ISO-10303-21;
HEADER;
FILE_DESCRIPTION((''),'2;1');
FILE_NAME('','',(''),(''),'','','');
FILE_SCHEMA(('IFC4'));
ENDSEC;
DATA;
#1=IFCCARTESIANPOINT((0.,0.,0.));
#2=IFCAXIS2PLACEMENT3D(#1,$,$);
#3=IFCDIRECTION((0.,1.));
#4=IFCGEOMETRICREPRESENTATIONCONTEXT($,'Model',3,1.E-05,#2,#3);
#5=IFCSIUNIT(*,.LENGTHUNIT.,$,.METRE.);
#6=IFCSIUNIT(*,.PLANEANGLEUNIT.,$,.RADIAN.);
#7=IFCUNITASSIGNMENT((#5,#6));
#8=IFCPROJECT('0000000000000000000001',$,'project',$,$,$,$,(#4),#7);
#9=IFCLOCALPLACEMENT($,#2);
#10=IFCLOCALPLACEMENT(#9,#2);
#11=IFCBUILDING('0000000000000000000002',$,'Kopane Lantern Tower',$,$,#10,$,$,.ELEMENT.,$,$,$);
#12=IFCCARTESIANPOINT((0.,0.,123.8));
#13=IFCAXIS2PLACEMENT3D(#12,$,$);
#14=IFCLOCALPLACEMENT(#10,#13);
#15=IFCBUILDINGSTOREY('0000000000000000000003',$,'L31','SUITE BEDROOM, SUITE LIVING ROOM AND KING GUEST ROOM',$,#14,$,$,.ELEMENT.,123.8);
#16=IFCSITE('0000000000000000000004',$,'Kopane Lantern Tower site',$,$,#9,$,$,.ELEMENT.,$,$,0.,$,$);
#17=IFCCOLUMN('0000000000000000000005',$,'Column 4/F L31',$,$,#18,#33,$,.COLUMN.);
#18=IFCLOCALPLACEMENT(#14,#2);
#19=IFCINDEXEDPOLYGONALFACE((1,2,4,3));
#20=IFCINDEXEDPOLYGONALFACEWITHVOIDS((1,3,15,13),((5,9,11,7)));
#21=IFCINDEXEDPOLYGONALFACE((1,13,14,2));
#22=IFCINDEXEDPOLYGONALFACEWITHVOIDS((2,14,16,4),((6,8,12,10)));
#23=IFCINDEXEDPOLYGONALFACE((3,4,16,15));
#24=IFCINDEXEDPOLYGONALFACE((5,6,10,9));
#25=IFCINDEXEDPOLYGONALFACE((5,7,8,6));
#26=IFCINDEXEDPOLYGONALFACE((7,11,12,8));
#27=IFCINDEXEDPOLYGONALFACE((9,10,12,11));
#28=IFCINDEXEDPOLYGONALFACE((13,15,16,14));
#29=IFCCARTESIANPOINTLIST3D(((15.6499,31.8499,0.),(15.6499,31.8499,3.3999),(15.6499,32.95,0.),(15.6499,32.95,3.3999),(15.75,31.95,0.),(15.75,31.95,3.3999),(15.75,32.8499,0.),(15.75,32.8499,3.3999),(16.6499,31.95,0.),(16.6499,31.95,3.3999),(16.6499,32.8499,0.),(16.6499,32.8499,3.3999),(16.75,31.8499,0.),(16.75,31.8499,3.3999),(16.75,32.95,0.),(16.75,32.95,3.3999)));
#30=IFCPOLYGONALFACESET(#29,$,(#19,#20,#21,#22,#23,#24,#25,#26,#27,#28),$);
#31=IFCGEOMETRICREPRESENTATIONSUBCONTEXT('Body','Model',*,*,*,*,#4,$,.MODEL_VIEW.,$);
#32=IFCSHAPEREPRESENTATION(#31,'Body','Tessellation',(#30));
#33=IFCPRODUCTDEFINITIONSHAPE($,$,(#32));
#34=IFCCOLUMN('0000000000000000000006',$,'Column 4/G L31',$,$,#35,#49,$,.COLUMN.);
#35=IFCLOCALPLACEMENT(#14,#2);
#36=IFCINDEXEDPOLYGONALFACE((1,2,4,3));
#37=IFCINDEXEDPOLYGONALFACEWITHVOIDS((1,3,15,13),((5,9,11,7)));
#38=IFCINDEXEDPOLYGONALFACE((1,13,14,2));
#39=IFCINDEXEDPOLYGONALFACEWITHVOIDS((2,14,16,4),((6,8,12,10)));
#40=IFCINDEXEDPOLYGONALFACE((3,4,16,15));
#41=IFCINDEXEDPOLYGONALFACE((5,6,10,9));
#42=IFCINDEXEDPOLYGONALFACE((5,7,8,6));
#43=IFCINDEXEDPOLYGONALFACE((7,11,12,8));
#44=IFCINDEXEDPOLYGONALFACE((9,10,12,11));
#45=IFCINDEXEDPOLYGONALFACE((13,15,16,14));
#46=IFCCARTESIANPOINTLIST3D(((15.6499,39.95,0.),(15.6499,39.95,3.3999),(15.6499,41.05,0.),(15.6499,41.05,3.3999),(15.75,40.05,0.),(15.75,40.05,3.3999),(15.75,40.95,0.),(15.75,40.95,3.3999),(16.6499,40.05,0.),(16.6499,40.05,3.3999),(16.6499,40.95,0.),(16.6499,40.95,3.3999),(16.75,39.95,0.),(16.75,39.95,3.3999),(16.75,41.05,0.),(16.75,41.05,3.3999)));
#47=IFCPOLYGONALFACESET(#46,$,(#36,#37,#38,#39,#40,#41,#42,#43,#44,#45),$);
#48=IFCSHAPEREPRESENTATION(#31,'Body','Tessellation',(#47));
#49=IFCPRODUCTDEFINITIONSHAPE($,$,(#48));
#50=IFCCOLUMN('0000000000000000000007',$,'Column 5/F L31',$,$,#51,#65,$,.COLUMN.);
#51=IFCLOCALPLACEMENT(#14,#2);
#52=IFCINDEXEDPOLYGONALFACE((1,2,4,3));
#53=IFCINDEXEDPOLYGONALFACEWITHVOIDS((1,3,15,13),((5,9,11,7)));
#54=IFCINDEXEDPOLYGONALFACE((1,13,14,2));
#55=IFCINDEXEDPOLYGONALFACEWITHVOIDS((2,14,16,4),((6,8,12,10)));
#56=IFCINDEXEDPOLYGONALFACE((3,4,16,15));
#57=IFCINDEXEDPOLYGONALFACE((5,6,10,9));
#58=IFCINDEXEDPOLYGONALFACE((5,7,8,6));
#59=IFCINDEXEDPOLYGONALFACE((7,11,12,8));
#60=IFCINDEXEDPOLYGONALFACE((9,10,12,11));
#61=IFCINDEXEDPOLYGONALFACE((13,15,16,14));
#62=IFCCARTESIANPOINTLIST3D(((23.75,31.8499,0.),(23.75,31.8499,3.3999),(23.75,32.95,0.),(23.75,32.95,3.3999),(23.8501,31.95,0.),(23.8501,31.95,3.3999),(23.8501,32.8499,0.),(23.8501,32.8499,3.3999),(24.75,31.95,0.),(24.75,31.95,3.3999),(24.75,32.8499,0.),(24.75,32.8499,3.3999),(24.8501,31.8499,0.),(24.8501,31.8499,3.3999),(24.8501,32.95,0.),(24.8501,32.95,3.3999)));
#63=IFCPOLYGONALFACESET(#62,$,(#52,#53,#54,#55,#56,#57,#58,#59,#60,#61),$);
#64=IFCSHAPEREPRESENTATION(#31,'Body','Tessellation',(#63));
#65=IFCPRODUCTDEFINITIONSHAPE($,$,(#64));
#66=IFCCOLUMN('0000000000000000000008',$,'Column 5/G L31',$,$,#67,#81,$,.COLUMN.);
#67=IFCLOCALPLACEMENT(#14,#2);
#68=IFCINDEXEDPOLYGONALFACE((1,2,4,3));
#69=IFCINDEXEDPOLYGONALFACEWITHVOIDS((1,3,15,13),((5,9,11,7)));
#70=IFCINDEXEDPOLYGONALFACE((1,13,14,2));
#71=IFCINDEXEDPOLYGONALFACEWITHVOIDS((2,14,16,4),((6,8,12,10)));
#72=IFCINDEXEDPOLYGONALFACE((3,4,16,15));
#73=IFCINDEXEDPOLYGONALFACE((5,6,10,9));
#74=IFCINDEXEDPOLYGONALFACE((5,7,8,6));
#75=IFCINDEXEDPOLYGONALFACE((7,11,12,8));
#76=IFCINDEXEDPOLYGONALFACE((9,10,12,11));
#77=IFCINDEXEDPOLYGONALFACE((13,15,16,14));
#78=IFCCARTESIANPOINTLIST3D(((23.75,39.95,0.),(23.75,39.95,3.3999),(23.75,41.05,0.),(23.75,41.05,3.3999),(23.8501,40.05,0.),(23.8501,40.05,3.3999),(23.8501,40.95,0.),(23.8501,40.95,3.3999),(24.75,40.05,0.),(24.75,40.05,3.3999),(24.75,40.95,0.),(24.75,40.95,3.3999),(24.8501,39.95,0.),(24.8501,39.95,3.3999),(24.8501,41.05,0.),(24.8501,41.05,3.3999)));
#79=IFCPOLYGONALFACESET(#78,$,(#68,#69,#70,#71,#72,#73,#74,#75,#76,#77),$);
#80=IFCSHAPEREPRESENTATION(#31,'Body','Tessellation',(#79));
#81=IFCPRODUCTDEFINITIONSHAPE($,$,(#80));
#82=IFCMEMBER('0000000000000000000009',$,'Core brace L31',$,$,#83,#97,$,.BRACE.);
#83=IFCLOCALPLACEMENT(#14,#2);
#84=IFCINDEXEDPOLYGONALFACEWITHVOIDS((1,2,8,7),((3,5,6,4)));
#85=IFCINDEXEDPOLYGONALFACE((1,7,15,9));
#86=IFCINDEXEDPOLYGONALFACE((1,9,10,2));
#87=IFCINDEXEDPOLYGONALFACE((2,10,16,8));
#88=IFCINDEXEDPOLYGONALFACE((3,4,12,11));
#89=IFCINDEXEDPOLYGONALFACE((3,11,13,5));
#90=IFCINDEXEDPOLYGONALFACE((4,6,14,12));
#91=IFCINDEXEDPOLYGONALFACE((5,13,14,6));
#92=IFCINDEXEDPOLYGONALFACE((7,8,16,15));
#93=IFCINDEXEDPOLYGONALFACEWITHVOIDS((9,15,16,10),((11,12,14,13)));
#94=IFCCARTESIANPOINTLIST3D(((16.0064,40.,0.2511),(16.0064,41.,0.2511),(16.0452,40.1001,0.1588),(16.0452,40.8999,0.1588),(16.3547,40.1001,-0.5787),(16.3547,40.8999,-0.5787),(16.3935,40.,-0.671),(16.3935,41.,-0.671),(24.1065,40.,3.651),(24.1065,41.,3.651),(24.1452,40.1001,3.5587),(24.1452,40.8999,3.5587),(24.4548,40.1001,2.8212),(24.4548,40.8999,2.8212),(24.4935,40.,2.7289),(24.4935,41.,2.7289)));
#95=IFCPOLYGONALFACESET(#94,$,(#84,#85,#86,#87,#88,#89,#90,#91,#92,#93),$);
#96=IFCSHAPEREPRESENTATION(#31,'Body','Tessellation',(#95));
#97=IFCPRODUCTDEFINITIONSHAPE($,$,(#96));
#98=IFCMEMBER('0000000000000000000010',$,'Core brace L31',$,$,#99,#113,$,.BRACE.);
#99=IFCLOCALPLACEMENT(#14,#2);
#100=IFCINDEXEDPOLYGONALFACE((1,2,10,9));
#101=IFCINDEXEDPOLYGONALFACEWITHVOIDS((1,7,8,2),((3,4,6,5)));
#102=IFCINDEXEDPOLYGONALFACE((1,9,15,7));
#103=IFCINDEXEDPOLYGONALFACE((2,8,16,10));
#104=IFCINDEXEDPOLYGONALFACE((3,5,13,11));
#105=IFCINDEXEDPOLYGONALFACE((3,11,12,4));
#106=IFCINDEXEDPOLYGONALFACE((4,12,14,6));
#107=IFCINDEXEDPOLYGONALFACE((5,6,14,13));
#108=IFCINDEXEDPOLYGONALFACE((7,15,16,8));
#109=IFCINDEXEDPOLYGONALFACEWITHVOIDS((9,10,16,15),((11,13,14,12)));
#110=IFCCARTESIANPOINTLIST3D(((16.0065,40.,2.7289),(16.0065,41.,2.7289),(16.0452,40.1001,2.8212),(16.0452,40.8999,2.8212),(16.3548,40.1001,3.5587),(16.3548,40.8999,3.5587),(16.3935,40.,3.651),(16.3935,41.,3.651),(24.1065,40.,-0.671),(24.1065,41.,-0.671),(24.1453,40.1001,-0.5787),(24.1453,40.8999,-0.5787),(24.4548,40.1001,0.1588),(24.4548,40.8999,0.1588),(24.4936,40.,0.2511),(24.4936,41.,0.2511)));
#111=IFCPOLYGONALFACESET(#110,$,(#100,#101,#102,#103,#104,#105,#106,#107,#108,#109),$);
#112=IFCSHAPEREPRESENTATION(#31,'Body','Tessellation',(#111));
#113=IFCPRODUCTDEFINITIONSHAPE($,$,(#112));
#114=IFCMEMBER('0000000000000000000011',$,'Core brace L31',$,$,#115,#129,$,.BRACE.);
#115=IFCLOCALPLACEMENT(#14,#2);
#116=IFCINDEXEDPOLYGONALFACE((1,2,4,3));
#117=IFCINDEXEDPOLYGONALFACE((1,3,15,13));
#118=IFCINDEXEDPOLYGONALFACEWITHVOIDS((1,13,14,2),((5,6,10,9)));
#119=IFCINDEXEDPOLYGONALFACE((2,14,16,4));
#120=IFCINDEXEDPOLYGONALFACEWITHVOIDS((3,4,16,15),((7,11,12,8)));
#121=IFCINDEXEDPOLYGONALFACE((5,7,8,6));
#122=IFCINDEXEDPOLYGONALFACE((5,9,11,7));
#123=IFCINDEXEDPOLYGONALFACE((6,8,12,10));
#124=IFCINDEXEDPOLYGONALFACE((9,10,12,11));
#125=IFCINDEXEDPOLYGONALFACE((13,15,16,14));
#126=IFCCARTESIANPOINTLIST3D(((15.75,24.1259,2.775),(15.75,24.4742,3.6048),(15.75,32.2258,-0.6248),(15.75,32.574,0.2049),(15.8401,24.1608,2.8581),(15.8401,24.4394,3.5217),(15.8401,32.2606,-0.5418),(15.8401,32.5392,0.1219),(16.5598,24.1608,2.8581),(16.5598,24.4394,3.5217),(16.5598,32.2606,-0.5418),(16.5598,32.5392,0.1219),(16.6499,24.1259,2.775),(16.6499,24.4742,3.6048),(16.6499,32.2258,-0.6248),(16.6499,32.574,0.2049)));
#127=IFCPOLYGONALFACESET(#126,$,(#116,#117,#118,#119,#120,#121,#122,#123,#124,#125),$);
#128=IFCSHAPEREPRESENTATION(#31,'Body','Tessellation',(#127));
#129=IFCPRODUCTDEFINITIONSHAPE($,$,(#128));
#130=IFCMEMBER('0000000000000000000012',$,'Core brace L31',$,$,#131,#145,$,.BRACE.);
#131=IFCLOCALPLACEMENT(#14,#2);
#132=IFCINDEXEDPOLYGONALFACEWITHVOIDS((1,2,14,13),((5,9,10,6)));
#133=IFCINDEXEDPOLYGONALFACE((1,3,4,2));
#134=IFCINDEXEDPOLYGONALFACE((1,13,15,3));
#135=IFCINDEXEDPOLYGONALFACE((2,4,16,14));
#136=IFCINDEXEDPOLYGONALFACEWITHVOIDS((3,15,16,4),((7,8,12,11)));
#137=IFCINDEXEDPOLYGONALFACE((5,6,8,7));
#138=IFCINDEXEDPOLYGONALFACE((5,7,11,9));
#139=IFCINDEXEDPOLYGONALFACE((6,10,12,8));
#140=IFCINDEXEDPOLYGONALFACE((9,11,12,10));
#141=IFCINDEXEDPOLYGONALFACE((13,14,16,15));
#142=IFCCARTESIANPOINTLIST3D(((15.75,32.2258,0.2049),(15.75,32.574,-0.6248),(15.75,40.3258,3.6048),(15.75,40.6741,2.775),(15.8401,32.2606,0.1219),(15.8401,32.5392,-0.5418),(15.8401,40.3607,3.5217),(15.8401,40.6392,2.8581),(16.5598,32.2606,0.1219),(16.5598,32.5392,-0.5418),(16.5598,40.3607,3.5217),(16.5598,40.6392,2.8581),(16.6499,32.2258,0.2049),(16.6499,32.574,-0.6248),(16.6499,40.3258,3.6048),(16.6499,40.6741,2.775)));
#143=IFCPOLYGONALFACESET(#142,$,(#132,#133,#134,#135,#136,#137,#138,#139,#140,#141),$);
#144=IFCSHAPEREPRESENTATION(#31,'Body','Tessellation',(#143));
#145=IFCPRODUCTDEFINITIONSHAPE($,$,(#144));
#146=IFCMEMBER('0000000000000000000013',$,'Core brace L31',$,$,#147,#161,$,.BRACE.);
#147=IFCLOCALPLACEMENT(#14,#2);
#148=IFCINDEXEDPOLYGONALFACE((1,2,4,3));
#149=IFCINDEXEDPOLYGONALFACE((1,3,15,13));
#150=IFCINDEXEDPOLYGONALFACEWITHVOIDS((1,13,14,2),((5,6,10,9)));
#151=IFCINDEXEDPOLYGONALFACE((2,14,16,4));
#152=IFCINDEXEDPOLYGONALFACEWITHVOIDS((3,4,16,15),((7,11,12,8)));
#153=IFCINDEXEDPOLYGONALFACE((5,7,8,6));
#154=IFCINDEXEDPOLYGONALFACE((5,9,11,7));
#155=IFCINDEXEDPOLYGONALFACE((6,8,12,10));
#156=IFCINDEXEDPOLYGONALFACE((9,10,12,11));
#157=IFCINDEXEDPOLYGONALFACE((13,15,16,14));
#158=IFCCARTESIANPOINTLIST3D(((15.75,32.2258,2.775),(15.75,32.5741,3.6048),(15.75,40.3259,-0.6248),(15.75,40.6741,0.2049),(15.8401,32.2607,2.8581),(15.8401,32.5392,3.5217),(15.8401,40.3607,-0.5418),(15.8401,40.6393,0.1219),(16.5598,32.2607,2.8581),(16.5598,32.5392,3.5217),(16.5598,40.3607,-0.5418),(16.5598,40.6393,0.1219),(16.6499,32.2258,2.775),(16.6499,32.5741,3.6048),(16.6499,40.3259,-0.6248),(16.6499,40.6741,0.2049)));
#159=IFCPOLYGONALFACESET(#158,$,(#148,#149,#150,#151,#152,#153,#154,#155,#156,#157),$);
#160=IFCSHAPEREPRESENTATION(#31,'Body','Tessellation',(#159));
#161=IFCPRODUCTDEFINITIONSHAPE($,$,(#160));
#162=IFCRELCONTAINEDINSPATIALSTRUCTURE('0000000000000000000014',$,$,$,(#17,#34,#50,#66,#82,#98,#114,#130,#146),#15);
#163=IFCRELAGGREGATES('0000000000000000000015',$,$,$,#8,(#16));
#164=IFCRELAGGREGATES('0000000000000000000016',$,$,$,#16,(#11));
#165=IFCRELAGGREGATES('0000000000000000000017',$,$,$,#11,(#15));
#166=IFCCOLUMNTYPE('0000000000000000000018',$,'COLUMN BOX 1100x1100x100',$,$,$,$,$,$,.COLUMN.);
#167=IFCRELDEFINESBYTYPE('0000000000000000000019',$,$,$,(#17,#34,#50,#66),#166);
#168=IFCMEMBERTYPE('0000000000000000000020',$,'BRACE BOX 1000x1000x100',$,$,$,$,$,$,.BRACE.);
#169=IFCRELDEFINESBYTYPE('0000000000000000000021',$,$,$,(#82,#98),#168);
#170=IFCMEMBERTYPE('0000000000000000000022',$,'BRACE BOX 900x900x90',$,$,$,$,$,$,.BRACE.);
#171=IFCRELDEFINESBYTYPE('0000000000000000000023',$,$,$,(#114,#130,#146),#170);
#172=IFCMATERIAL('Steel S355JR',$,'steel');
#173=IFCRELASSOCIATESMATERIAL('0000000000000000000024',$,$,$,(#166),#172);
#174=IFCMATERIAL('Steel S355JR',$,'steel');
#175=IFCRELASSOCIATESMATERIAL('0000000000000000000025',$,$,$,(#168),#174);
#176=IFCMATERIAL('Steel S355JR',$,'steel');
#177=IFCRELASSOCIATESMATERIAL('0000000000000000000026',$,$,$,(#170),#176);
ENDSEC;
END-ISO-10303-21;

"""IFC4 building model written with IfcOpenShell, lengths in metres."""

from ifc_helpers import new_model, si_unit, direction, frame, origin, origin_2d, place, context, subcontext, project, spatial, hollow_rectangle, extrude, material, material_profile, profile_set, type_object, element, save


model = new_model("IFC4")

# Units and contexts
model_context = context("Model", 3, precision=1e-05, world=origin(), true_north=direction((0.0, 1.0)))
body_context = subcontext(model_context, "Body", "Model", "MODEL_VIEW")
ifc_project = project(units=[si_unit("LENGTHUNIT", "METRE"), si_unit("PLANEANGLEUNIT", "RADIAN")], contexts=[model_context])

# Site, building, storey
site_placement = place(None, origin())
site = spatial("IfcSite", under=ifc_project, at=site_placement, Name="Kopane Lantern Tower site", CompositionType="ELEMENT", RefElevation=0.0)
building_placement = place(site_placement, origin())
building = spatial("IfcBuilding", under=site, at=building_placement, Name="Kopane Lantern Tower", CompositionType="ELEMENT")
storey_placement = place(building_placement, frame((0.0, 0.0, 123.8)))
storey = spatial("IfcBuildingStorey", under=building, at=storey_placement, Name="L31", Description="SUITE BEDROOM, SUITE LIVING ROOM AND KING GUEST ROOM", CompositionType="ELEMENT", Elevation=123.8)

# Columns
ifc_material_1 = material(Name="Steel S355JR", Category="steel")
ifc_material_profile_1 = material_profile(ifc_material_1, hollow_rectangle(XDim=1.1001, YDim=1.1001, WallThickness=0.1001, at=origin_2d()), Name="BOX 1100x1100x100")
ifc_profile_set_1 = profile_set([ifc_material_profile_1], Name="Steel S355JR")
column_type = type_object("IfcColumnType", Name="COLUMN BOX 1100x1100x100", PredefinedType="COLUMN", material=ifc_profile_set_1)
for number, where, z_axis, x_axis, name in (
    (1, (16.2, 32.3999, 0.0), (0.0, 0.0, 1.0), (1.0, 0.0, 0.0), "Column 4/F L31"),
    (2, (16.2, 40.5, 0.0), (0.0, 0.0, 1.0), (1.0, 0.0, 0.0), "Column 4/G L31"),
    (3, (24.3, 32.3999, 0.0), (0.0, 0.0, 1.0), (1.0, 0.0, 0.0), "Column 5/F L31"),
    (4, (24.3, 40.5, 0.0), (0.0, 0.0, 1.0), (1.0, 0.0, 0.0), "Column 5/G L31"),
):
    element("IfcColumn", number, at=place(storey_placement, frame(where, z_axis=z_axis, x_axis=x_axis)), inside=storey, type_object=column_type, Name=name, PredefinedType="COLUMN", context=body_context, shape_type="SweptSolid", body=[
        extrude(hollow_rectangle(XDim=1.1001, YDim=1.1001, WallThickness=0.1001, at=origin_2d()), origin(), (0.0, 0.0, 1.0), 3.3999),
    ])

# Members
ifc_material_2 = material(Name="Steel S355JR", Category="steel")
ifc_material_profile_2 = material_profile(ifc_material_2, hollow_rectangle(XDim=1.0, YDim=1.0, WallThickness=0.1001, at=origin_2d()), Name="BOX 1000x1000x100")
ifc_profile_set_2 = profile_set([ifc_material_profile_2], Name="Steel S355JR")
member_type_1 = type_object("IfcMemberType", Name="BRACE BOX 1000x1000x100", PredefinedType="BRACE", material=ifc_profile_set_2)
for number, where, z_axis, x_axis, name in (
    (5, (16.2, 40.5, -0.21), (0.922069, 0.0, 0.387026), (0.0, 1.0, 0.0), "Core brace L31"),
    (6, (24.3, 40.5, -0.21), (-0.922069, 0.0, 0.387026), (0.0, -1.0, 0.0), "Core brace L31"),
):
    element("IfcMember", number, at=place(storey_placement, frame(where, z_axis=z_axis, x_axis=x_axis)), inside=storey, type_object=member_type_1, Name=name, PredefinedType="BRACE", context=body_context, shape_type="SweptSolid", body=[
        extrude(hollow_rectangle(XDim=1.0, YDim=1.0, WallThickness=0.1001, at=origin_2d()), origin(), (0.0, 0.0, 1.0), 8.7847),
    ])
ifc_material_3 = material(Name="Steel S355JR", Category="steel")
ifc_material_profile_3 = material_profile(ifc_material_3, hollow_rectangle(XDim=0.8999, YDim=0.8999, WallThickness=0.0901, at=origin_2d()), Name="BOX 900x900x90")
ifc_profile_set_3 = profile_set([ifc_material_profile_3], Name="Steel S355JR")
member_type_2 = type_object("IfcMemberType", Name="BRACE BOX 900x900x90", PredefinedType="BRACE", material=ifc_profile_set_3)
member_placement = place(storey_placement, frame((16.2, 32.3999, -0.21), z_axis=(0.0, -0.922065, 0.387035), x_axis=(1.0, 0.0, 0.0)))
element("IfcMember", 7, at=member_placement, inside=storey, type_object=member_type_2, Name="Core brace L31", PredefinedType="BRACE", context=body_context, shape_type="SweptSolid", body=[
    extrude(hollow_rectangle(XDim=0.8999, YDim=0.8999, WallThickness=0.0901, at=origin_2d()), origin(), (0.0, 0.0, 1.0), 8.7844),
])
for number, where, z_axis, x_axis, name in (
    (8, (16.2, 32.3999, -0.21), (0.0, 0.922069, 0.387026), (-1.0, 0.0, 0.0), "Core brace L31"),
    (9, (16.2, 40.5, -0.21), (0.0, -0.922069, 0.387026), (1.0, 0.0, 0.0), "Core brace L31"),
):
    element("IfcMember", number, at=place(storey_placement, frame(where, z_axis=z_axis, x_axis=x_axis)), inside=storey, type_object=member_type_2, Name=name, PredefinedType="BRACE", context=body_context, shape_type="SweptSolid", body=[
        extrude(hollow_rectangle(XDim=0.8999, YDim=0.8999, WallThickness=0.0901, at=origin_2d()), origin(), (0.0, 0.0, 1.0), 8.7847),
    ])

save(model, "model.ifc")
